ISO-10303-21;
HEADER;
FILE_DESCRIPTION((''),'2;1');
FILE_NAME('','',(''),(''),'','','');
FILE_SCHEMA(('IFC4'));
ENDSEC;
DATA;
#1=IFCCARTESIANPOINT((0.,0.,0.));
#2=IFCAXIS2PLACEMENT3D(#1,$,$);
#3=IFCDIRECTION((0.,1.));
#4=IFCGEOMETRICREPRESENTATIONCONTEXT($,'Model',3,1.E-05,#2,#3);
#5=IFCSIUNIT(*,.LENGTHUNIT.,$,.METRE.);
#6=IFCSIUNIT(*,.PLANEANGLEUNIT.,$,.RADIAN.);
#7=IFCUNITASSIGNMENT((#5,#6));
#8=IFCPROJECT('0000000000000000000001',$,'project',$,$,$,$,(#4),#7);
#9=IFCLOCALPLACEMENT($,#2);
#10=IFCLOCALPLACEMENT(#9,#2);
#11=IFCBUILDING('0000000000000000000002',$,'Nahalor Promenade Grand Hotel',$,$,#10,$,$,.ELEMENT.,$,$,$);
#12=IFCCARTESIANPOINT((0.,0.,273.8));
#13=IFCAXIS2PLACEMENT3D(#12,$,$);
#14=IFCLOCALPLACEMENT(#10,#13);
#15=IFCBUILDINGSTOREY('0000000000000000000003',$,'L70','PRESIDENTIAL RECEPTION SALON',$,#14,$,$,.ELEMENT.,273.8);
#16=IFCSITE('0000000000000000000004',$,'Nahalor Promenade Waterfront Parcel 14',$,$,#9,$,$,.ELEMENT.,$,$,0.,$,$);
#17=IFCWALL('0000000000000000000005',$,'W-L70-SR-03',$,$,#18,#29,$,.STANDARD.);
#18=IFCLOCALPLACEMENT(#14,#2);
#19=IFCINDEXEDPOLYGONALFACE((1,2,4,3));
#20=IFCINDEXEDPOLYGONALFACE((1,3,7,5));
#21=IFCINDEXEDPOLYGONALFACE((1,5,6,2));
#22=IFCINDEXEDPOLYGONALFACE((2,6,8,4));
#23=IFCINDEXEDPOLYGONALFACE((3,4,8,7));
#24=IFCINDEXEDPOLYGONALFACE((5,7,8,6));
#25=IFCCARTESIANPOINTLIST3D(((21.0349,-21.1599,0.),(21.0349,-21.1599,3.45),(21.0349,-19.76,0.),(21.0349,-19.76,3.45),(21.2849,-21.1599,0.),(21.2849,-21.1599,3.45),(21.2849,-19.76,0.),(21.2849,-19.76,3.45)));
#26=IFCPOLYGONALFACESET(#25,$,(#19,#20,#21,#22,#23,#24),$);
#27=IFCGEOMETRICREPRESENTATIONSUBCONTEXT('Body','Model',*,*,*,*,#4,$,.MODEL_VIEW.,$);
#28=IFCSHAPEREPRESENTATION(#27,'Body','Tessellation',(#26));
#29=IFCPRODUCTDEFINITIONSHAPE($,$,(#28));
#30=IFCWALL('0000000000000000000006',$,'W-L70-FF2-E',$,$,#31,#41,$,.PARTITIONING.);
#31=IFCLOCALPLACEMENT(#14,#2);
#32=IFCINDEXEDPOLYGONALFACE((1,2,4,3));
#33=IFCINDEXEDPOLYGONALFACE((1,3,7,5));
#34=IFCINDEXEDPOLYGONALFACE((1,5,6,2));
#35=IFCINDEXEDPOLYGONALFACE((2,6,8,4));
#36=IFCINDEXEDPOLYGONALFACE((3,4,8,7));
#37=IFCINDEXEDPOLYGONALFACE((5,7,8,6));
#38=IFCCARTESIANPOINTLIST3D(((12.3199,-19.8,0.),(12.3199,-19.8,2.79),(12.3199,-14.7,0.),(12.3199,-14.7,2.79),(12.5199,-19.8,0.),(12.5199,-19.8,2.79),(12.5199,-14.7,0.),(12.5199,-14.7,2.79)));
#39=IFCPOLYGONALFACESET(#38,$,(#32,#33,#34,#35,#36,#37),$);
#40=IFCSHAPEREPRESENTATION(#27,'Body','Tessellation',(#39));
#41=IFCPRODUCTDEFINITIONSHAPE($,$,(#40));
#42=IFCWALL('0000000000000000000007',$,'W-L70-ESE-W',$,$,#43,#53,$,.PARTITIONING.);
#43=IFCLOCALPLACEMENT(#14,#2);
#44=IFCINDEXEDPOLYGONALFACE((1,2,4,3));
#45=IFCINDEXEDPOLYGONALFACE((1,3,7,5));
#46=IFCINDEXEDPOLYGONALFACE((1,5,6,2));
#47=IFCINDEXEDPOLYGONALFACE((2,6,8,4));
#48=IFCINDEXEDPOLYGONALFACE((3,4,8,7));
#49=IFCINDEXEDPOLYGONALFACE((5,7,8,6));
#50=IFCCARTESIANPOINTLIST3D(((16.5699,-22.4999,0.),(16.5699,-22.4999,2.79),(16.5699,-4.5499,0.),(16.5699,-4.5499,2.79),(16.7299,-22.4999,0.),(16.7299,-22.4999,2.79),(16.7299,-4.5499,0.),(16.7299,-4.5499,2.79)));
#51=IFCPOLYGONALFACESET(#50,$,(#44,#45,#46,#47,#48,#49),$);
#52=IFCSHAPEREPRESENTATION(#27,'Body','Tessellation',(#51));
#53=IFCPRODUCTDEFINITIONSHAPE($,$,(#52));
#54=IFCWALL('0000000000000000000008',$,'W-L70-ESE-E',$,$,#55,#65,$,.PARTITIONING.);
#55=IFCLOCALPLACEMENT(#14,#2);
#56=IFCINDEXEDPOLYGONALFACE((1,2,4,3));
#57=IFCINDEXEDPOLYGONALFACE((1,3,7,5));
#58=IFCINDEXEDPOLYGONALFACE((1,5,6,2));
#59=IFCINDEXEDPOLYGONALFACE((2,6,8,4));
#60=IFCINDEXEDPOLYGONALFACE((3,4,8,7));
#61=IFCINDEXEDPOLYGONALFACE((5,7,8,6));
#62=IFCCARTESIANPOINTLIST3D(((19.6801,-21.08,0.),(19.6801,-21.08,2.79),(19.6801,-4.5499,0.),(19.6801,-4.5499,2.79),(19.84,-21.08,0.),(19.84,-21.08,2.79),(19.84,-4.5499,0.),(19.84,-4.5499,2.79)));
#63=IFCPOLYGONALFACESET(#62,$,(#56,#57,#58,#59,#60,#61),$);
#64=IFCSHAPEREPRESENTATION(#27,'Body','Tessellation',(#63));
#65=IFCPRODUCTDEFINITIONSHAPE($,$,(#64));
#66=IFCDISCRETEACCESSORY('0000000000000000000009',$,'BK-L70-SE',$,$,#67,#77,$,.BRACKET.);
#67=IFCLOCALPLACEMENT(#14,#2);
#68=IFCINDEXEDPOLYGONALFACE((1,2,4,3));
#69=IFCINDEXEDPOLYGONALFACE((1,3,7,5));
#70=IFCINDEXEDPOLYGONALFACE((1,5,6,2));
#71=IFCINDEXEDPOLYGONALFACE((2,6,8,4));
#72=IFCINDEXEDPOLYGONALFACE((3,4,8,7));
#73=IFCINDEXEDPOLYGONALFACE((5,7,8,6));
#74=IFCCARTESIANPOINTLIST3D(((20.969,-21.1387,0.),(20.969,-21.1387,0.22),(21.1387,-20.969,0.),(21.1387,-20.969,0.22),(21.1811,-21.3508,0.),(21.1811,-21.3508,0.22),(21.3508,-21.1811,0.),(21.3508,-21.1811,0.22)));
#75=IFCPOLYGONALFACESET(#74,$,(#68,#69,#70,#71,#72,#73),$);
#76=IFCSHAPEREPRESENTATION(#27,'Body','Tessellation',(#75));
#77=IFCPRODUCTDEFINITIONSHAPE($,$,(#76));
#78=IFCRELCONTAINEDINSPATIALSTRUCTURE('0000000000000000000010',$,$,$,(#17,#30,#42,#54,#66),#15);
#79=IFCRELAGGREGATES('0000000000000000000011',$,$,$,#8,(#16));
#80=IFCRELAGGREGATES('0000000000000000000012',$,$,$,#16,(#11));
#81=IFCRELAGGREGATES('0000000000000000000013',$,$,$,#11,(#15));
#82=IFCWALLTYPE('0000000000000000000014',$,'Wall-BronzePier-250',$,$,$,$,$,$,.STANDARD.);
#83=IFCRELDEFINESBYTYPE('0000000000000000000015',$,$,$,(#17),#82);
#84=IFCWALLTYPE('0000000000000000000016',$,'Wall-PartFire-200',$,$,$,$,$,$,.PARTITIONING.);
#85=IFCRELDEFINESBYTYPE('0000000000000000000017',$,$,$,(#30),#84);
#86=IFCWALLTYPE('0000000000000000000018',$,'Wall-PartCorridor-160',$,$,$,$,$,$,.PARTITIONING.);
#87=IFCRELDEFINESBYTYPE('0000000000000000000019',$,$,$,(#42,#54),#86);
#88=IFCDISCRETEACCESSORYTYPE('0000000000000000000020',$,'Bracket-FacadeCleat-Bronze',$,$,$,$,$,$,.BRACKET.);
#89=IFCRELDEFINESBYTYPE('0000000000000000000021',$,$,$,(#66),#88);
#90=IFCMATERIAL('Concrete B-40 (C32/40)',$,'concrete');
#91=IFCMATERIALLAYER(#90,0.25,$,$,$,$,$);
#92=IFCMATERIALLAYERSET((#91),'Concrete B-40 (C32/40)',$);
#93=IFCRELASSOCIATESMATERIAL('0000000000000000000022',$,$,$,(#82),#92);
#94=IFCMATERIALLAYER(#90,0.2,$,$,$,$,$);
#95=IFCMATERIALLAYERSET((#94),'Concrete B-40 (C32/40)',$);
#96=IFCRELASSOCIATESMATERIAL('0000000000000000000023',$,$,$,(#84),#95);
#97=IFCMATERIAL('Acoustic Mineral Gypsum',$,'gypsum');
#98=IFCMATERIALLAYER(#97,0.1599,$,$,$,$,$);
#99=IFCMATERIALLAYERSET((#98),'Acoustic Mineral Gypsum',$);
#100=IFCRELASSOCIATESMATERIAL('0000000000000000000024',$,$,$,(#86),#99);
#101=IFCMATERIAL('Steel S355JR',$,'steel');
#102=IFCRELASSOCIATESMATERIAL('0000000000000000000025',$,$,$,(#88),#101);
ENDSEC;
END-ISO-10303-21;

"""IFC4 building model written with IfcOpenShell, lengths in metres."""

from ifc_helpers import new_model, si_unit, direction, frame, frame_2d, origin, origin_2d, place, context, subcontext, project, spatial, rectangle, extrude, source, transform, mapped, material, layer, layer_set, type_object, element, save


model = new_model("IFC4")

# Units and contexts
model_context = context("Model", 3, precision=1e-05, world=origin(), true_north=direction((0.0, 1.0)))
body_context = subcontext(model_context, "Body", "Model", "MODEL_VIEW")
ifc_project = project(units=[si_unit("LENGTHUNIT", "METRE"), si_unit("PLANEANGLEUNIT", "RADIAN")], contexts=[model_context])

# Site, building, storey
site_placement = place(None, origin())
site = spatial("IfcSite", under=ifc_project, at=site_placement, Name="Nahalor Promenade Waterfront Parcel 14", CompositionType="ELEMENT", RefElevation=0.0)
building_placement = place(site_placement, origin())
building = spatial("IfcBuilding", under=site, at=building_placement, Name="Nahalor Promenade Grand Hotel", CompositionType="ELEMENT")
storey_placement = place(building_placement, frame((0.0, 0.0, 273.8)))
storey = spatial("IfcBuildingStorey", under=building, at=storey_placement, Name="L70", Description="PRESIDENTIAL RECEPTION SALON", CompositionType="ELEMENT", Elevation=273.8)

# Shared definitions
ifc_material_1 = material(Name="Steel S355JR", Category="steel")

# Walls
ifc_material_2 = material(Name="Concrete B-40 (C32/40)", Category="concrete")
ifc_layer_1 = layer(ifc_material_2, 0.25)
ifc_layer_set_1 = layer_set([ifc_layer_1], Name="Concrete B-40 (C32/40)")
wall_type_1 = type_object("IfcWallType", Name="Wall-BronzePier-250", PredefinedType="STANDARD", material=ifc_layer_set_1)
shared_shape_1 = source(origin(), body_context, "Body", "SweptSolid", [
    extrude(rectangle(XDim=1.3999, YDim=0.25, at=frame_2d((0.7, 0.0))), origin(), (0.0, 0.0, 1.0), 3.45),
])
for number, where, z_axis, x_axis, name in (
    (1, (21.1599, -21.1599, 0.0), (0.0, 0.0, 1.0), (0.0, 1.0, 0.0), "W-L70-SR-03"),
):
    element("IfcWall", number, at=place(storey_placement, frame(where, z_axis=z_axis, x_axis=x_axis)), inside=storey, type_object=wall_type_1, Name=name, PredefinedType="STANDARD", context=body_context, shape_type="MappedRepresentation", body=[
        mapped(shared_shape_1, transform((0.0, 0.0, 0.0), scale=1.0)),
    ])
ifc_layer_2 = layer(ifc_material_2, 0.2)
ifc_layer_set_2 = layer_set([ifc_layer_2], Name="Concrete B-40 (C32/40)")
wall_type_2 = type_object("IfcWallType", Name="Wall-PartFire-200", PredefinedType="PARTITIONING", material=ifc_layer_set_2)
shared_shape_2 = source(origin(), body_context, "Body", "SweptSolid", [
    extrude(rectangle(XDim=5.1001, YDim=0.2, at=frame_2d((2.55, 0.0))), origin(), (0.0, 0.0, 1.0), 2.79),
])
wall_1_placement = place(storey_placement, frame((12.4199, -19.8, 0.0), z_axis=(0.0, 0.0, 1.0), x_axis=(0.0, 1.0, 0.0)))
element("IfcWall", 2, at=wall_1_placement, inside=storey, type_object=wall_type_2, Name="W-L70-FF2-E", PredefinedType="PARTITIONING", context=body_context, shape_type="MappedRepresentation", body=[
    mapped(shared_shape_2, transform((0.0, 0.0, 0.0), scale=1.0)),
])
ifc_material_3 = material(Name="Acoustic Mineral Gypsum", Category="gypsum")
ifc_layer_3 = layer(ifc_material_3, 0.1599)
ifc_layer_set_3 = layer_set([ifc_layer_3], Name="Acoustic Mineral Gypsum")
wall_type_3 = type_object("IfcWallType", Name="Wall-PartCorridor-160", PredefinedType="PARTITIONING", material=ifc_layer_set_3)
shared_shape_3 = source(origin(), body_context, "Body", "SweptSolid", [
    extrude(rectangle(XDim=17.95, YDim=0.1599, at=frame_2d((8.9751, 0.0))), origin(), (0.0, 0.0, 1.0), 2.79),
])
wall_2_placement = place(storey_placement, frame((16.6499, -22.5, 0.0), z_axis=(0.0, 0.0, 1.0), x_axis=(0.0, 1.0, 0.0)))
element("IfcWall", 3, at=wall_2_placement, inside=storey, type_object=wall_type_3, Name="W-L70-ESE-W", PredefinedType="PARTITIONING", context=body_context, shape_type="MappedRepresentation", body=[
    mapped(shared_shape_3, transform((0.0, 0.0, 0.0), scale=1.0)),
])
shared_shape_4 = source(origin(), body_context, "Body", "SweptSolid", [
    extrude(rectangle(XDim=16.53, YDim=0.1599, at=frame_2d((8.2651, 0.0))), origin(), (0.0, 0.0, 1.0), 2.79),
])
wall_3_placement = place(storey_placement, frame((19.76, -21.0801, 0.0), z_axis=(0.0, 0.0, 1.0), x_axis=(0.0, 1.0, 0.0)))
element("IfcWall", 4, at=wall_3_placement, inside=storey, type_object=wall_type_3, Name="W-L70-ESE-E", PredefinedType="PARTITIONING", context=body_context, shape_type="MappedRepresentation", body=[
    mapped(shared_shape_4, transform((0.0, 0.0, 0.0), scale=1.0)),
])

# Discrete accessory
discrete_accessory_type = type_object("IfcDiscreteAccessoryType", Name="Bracket-FacadeCleat-Bronze", PredefinedType="BRACKET", material=ifc_material_1)
shared_shape_5 = source(origin(), body_context, "Body", "SweptSolid", [
    extrude(rectangle(XDim=0.3, YDim=0.24, at=origin_2d()), origin(), (0.0, 0.0, 1.0), 0.22),
])
discrete_accessory_placement = place(storey_placement, frame((21.1599, -21.1599, 0.0), z_axis=(0.0, 0.0, 1.0), x_axis=(-0.707107, 0.707107, 0.0)))
element("IfcDiscreteAccessory", 5, at=discrete_accessory_placement, inside=storey, type_object=discrete_accessory_type, Name="BK-L70-SE", PredefinedType="BRACKET", context=body_context, shape_type="MappedRepresentation", body=[
    mapped(shared_shape_5, transform((0.0, 0.0, 0.0), scale=1.0)),
])

save(model, "model.ifc")
